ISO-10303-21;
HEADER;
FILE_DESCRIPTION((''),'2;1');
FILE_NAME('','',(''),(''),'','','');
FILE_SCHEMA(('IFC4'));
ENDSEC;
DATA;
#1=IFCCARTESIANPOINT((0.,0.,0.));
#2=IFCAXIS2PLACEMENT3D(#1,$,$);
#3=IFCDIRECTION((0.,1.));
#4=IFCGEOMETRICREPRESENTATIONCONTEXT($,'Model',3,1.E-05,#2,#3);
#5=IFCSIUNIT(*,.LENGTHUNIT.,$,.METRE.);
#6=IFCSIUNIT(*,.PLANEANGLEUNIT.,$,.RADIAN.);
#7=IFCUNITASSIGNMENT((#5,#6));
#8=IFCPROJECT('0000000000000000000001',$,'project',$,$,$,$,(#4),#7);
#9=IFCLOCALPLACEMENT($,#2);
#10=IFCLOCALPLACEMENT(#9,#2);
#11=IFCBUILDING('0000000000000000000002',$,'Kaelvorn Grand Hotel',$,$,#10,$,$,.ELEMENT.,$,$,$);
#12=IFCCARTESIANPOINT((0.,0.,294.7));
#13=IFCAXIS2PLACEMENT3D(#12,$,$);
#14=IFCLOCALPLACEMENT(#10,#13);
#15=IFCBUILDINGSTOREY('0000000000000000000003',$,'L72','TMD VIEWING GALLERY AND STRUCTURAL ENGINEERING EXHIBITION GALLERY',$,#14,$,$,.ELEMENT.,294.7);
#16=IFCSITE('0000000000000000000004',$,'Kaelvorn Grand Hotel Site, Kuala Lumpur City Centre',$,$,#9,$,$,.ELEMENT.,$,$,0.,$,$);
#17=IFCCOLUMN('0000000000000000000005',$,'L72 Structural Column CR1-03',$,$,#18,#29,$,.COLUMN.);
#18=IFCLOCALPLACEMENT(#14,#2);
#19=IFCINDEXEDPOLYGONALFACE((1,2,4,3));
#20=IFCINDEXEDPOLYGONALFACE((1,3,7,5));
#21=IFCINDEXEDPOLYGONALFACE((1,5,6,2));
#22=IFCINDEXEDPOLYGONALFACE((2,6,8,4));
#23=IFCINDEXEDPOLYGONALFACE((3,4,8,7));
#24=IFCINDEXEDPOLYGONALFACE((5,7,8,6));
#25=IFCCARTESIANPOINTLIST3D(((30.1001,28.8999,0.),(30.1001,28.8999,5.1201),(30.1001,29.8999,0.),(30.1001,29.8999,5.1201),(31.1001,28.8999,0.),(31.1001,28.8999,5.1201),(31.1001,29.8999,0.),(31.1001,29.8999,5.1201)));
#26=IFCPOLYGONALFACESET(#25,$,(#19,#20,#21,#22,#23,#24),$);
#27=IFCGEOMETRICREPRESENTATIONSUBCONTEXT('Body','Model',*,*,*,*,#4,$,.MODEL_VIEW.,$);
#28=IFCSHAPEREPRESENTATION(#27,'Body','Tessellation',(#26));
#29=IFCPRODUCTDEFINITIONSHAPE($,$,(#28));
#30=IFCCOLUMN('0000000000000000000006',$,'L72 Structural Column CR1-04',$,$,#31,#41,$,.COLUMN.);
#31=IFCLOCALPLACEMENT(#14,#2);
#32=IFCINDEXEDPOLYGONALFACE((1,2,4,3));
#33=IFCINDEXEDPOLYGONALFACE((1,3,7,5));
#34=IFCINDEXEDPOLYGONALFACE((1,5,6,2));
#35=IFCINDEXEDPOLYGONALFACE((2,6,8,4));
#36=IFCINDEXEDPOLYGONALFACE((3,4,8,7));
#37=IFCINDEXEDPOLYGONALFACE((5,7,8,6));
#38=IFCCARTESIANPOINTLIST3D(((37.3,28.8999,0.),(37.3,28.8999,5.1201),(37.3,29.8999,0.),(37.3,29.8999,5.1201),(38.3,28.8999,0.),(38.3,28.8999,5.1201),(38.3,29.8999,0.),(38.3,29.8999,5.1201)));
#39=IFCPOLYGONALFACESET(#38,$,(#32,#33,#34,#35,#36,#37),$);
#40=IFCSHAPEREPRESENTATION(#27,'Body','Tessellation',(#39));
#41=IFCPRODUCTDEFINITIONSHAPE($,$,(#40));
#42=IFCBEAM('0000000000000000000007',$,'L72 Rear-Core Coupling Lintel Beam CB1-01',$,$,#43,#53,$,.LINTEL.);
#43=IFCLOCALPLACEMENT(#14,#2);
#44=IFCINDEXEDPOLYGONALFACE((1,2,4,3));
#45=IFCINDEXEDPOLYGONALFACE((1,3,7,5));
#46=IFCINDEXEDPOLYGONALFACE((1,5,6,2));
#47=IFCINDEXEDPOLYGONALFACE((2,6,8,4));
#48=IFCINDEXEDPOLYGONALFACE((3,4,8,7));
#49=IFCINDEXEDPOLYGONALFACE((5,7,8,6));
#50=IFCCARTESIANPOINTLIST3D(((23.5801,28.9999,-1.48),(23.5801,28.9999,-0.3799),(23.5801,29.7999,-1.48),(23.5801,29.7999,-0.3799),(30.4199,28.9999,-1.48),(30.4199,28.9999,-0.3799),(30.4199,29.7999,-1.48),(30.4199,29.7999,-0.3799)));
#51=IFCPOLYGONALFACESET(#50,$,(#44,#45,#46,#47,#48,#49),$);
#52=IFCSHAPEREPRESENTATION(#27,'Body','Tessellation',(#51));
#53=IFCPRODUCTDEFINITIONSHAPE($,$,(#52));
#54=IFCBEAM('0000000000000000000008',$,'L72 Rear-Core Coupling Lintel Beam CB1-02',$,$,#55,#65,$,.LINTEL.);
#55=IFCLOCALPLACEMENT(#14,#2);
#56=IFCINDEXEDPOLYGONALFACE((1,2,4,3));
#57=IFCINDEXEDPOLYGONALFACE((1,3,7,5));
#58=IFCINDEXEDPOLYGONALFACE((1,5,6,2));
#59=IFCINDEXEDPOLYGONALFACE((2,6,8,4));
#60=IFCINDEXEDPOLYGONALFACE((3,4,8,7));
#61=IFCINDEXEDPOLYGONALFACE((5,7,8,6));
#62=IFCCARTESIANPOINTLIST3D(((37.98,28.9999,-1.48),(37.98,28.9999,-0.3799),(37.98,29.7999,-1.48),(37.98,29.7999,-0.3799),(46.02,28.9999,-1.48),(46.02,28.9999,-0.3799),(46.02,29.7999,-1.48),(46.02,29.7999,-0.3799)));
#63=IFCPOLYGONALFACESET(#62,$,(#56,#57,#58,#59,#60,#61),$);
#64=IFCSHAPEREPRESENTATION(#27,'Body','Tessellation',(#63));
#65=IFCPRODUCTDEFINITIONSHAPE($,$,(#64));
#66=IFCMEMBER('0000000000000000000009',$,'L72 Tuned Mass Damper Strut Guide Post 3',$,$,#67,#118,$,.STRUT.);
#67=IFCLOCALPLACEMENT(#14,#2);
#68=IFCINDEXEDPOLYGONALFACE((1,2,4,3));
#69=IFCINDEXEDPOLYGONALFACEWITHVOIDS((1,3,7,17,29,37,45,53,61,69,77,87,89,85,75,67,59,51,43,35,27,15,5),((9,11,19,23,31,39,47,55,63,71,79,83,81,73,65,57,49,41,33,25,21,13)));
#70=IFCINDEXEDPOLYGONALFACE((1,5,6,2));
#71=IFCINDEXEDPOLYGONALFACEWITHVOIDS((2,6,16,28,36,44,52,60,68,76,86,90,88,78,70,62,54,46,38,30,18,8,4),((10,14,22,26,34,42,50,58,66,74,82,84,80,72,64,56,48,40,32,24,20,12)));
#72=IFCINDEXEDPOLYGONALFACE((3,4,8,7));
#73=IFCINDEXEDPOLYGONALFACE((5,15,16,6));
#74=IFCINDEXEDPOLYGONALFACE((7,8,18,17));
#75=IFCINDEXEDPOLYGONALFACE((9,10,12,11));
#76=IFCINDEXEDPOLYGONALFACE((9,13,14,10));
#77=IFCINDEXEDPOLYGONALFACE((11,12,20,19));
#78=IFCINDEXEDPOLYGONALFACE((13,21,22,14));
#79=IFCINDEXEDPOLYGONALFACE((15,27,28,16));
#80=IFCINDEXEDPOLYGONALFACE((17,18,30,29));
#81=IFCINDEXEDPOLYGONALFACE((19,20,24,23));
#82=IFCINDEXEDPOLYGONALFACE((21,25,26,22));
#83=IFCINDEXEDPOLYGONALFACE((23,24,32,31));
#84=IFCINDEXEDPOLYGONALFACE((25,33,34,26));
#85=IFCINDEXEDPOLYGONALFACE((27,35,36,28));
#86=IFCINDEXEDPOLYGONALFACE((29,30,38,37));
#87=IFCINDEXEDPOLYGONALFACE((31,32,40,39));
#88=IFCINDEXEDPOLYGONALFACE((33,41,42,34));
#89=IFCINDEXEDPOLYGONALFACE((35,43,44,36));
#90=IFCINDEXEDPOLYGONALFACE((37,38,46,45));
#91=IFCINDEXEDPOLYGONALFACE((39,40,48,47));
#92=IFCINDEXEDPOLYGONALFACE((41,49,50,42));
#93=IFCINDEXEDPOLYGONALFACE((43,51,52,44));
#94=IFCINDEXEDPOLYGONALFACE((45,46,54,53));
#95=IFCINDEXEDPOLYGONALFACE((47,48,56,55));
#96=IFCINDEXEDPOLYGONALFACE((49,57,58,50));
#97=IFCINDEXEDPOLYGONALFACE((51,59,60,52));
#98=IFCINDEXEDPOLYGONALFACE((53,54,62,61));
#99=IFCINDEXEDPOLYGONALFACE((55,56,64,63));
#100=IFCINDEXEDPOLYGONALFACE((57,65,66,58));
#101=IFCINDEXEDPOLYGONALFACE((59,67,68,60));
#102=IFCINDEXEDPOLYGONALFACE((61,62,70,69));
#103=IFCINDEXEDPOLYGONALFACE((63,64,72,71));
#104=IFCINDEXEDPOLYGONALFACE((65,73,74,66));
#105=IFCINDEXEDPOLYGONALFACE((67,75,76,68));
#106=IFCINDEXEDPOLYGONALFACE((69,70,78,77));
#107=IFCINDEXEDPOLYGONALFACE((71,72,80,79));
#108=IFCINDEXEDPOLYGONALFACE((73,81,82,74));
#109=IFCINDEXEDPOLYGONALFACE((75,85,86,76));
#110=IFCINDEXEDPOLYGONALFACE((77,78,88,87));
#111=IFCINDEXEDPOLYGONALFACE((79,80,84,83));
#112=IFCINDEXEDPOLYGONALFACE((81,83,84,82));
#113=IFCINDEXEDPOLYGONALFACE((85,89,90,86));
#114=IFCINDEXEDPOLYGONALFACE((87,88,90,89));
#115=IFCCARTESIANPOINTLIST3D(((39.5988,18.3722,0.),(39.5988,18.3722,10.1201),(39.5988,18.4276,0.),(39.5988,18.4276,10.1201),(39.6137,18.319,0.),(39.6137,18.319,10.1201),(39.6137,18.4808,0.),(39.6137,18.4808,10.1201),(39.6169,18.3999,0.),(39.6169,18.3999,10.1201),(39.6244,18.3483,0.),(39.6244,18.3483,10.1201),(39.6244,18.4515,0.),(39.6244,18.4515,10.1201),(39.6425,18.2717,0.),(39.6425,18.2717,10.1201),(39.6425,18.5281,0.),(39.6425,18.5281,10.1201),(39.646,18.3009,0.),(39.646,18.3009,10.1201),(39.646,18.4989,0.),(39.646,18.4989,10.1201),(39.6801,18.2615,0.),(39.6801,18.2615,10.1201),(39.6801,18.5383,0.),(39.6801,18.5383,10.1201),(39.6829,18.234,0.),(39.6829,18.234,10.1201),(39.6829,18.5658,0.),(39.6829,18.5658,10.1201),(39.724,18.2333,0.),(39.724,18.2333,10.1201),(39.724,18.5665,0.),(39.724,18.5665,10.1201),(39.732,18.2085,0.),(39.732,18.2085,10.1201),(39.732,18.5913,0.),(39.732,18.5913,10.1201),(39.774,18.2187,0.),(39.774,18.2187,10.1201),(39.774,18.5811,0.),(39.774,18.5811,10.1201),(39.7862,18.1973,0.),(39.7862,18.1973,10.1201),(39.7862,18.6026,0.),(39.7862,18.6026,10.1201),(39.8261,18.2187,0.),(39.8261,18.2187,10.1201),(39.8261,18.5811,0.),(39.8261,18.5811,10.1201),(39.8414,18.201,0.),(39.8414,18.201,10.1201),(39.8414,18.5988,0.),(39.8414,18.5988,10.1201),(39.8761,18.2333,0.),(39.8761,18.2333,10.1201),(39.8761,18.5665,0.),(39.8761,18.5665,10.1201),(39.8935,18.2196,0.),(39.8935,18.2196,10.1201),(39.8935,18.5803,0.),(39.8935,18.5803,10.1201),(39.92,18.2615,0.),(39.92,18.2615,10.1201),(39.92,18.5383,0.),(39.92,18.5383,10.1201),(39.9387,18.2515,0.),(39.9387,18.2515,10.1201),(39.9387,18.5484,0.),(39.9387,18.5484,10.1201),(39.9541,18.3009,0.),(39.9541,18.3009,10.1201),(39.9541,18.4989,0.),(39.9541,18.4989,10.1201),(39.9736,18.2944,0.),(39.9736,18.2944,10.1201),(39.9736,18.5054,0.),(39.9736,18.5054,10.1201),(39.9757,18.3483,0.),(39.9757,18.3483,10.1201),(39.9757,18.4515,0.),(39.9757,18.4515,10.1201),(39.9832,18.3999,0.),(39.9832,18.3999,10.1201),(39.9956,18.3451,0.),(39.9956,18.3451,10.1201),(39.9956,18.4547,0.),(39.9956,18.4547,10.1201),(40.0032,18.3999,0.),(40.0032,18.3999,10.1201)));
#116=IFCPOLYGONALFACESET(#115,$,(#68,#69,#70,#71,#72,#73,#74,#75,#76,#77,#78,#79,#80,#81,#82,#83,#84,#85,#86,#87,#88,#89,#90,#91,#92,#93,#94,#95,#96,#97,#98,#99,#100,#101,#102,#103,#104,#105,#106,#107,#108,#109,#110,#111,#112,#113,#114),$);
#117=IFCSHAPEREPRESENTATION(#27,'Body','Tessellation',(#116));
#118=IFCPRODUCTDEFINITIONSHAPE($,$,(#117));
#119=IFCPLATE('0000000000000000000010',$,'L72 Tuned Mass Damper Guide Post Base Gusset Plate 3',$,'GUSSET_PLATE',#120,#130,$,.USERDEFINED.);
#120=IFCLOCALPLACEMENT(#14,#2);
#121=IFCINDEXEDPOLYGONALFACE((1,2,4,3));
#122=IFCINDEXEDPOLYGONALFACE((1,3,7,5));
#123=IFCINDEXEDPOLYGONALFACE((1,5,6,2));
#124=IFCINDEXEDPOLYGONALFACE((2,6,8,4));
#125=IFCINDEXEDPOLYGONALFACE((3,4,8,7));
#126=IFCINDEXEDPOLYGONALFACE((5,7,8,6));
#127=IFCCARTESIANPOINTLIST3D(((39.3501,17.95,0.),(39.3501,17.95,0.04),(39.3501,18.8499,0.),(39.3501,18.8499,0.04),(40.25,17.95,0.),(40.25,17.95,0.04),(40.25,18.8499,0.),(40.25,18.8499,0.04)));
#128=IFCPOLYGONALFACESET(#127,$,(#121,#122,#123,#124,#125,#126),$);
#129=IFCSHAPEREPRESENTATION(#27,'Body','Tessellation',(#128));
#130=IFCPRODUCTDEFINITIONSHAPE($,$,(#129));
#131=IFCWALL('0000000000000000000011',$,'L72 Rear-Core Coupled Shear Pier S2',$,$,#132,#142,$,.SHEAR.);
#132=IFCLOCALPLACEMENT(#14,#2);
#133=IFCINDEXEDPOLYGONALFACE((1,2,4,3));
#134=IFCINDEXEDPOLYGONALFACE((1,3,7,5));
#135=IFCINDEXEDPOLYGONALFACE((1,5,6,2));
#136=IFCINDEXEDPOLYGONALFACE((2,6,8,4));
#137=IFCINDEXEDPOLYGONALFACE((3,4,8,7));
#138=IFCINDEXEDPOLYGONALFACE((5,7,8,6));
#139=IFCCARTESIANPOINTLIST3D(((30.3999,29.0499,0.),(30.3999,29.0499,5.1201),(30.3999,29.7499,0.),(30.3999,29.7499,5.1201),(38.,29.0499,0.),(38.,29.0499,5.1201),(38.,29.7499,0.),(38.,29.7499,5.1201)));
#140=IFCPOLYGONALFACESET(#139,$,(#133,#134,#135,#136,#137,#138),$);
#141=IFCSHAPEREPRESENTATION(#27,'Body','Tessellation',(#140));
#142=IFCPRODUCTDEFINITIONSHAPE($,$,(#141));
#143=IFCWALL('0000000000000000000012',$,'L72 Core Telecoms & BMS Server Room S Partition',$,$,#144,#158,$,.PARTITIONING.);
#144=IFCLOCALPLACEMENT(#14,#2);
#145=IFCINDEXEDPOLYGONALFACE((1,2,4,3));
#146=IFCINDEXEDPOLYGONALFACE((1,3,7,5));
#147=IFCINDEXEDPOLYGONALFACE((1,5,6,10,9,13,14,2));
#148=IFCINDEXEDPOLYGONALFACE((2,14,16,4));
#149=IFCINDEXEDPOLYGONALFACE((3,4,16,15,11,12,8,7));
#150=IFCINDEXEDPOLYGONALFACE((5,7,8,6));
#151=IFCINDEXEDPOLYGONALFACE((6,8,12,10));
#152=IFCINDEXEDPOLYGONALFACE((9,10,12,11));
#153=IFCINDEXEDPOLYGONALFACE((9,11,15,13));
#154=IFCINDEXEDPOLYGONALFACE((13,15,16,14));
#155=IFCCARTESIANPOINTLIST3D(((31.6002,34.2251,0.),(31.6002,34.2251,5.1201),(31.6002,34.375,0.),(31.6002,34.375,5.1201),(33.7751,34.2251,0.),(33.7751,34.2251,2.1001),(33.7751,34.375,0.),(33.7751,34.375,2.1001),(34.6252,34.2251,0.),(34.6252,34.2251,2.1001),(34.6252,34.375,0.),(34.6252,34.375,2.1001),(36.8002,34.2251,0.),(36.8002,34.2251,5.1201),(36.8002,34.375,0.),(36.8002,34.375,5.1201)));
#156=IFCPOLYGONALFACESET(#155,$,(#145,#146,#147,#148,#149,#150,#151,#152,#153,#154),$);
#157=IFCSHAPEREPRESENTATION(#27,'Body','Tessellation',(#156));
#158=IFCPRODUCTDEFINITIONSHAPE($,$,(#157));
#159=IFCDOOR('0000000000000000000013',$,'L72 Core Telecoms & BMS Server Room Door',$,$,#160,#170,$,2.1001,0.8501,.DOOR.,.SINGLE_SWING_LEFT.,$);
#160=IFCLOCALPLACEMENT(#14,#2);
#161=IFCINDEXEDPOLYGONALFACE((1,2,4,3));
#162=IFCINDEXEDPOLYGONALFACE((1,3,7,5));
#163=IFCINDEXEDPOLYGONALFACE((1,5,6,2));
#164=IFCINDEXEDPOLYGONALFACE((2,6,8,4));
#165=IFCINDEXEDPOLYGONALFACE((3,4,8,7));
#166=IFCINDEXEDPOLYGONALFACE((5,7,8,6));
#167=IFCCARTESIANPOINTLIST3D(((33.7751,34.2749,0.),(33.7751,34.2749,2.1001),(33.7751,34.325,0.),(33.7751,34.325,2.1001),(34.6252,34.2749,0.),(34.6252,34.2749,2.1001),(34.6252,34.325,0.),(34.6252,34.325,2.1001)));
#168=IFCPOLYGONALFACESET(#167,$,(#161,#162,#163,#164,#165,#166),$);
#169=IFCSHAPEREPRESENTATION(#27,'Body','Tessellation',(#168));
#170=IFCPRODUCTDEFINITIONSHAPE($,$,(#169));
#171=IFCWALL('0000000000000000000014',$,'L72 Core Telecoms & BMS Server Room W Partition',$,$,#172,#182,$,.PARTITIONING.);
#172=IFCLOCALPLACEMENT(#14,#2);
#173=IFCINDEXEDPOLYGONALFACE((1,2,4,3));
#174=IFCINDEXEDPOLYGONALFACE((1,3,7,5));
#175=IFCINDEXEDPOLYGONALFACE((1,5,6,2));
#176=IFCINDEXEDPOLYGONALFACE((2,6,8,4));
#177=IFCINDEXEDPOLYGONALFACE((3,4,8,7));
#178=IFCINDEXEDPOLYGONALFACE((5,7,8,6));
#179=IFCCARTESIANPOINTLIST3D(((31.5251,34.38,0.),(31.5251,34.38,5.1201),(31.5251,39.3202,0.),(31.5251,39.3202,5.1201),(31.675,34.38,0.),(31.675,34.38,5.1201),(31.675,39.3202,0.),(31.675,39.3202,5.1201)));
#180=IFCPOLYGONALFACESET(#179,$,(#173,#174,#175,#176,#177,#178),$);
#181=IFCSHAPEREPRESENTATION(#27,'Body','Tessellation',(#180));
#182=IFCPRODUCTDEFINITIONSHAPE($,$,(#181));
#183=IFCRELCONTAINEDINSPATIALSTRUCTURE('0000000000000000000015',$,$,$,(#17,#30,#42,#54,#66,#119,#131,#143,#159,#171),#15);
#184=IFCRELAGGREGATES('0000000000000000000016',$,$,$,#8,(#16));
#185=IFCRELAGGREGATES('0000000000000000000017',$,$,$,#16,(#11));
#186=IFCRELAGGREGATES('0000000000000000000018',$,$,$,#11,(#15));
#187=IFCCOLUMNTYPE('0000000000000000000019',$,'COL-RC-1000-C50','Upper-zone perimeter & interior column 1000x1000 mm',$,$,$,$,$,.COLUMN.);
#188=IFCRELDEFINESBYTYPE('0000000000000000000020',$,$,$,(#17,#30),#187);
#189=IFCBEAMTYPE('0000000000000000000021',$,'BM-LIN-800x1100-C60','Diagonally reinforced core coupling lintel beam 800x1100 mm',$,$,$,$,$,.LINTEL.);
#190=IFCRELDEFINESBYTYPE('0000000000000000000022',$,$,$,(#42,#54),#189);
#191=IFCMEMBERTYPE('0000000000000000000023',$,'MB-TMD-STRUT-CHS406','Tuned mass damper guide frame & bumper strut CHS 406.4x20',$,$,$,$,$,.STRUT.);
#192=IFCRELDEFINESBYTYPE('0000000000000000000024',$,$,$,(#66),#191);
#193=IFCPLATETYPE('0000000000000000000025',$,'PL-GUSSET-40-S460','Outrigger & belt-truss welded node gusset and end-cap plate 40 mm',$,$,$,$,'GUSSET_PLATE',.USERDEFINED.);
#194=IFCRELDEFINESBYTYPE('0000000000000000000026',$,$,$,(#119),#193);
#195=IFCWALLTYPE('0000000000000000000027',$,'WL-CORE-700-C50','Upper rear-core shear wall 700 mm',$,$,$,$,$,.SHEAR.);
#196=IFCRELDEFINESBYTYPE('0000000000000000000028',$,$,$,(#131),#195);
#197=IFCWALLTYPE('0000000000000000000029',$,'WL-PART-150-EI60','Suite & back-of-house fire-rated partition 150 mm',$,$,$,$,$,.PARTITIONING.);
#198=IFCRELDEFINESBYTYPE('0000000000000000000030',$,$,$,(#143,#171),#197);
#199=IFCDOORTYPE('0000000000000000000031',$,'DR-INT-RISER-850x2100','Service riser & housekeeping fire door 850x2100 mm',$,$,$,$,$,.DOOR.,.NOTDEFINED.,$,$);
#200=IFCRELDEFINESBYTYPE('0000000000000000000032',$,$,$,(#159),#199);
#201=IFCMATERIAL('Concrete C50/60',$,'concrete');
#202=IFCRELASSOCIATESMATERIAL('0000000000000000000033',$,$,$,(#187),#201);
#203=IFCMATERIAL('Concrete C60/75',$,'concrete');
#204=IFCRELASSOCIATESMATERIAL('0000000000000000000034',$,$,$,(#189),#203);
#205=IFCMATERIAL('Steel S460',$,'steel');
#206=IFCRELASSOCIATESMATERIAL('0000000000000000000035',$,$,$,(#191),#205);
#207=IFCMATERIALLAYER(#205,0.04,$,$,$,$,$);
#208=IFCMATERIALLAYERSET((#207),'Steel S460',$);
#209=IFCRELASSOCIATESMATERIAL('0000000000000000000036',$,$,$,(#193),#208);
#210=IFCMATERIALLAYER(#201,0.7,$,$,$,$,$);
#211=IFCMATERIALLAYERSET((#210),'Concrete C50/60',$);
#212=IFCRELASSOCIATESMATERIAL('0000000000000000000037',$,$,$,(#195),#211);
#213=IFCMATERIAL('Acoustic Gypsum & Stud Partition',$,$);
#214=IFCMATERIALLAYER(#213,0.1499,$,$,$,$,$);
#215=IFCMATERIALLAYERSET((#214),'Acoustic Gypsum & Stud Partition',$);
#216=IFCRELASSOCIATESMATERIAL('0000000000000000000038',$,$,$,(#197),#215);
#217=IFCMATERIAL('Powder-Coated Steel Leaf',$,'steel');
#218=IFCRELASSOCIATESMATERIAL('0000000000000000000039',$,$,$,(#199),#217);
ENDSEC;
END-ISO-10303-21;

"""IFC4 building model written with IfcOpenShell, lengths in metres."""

from ifc_helpers import new_model, si_unit, direction, frame, frame_2d, origin, origin_2d, place, context, subcontext, project, spatial, rectangle, hollow_circle, extrude, material, layer, layer_set, material_profile, profile_set, type_object, element, fill, save


model = new_model("IFC4")

# Units and contexts
model_context = context("Model", 3, precision=1e-05, world=origin(), true_north=direction((0.0, 1.0)))
body_context = subcontext(model_context, "Body", "Model", "MODEL_VIEW")
ifc_project = project(units=[si_unit("LENGTHUNIT", "METRE"), si_unit("PLANEANGLEUNIT", "RADIAN")], contexts=[model_context])

# Site, building, storey
site_placement = place(None, origin())
site = spatial("IfcSite", under=ifc_project, at=site_placement, Name="Kaelvorn Grand Hotel Site, Kuala Lumpur City Centre", CompositionType="ELEMENT", RefElevation=0.0)
building_placement = place(site_placement, origin())
building = spatial("IfcBuilding", under=site, at=building_placement, Name="Kaelvorn Grand Hotel", CompositionType="ELEMENT")
storey_placement = place(building_placement, frame((0.0, 0.0, 294.7)))
storey = spatial("IfcBuildingStorey", under=building, at=storey_placement, Name="L72", Description="TMD VIEWING GALLERY AND STRUCTURAL ENGINEERING EXHIBITION GALLERY", CompositionType="ELEMENT", Elevation=294.7)

# Columns
ifc_material_1 = material(Name="Concrete C50/60", Category="concrete")
ifc_material_profile_1 = material_profile(ifc_material_1, rectangle(XDim=1.0, YDim=1.0, at=origin_2d()), Name="RC COL 1000x1000")
ifc_profile_set_1 = profile_set([ifc_material_profile_1], Name="Concrete C50/60")
column_type = type_object("IfcColumnType", Name="COL-RC-1000-C50", Description="Upper-zone perimeter & interior column 1000x1000 mm", PredefinedType="COLUMN", material=ifc_profile_set_1)
for number, where, z_axis, x_axis, name in (
    (1, (30.6001, 29.3999, 0.0), (0.0, 0.0, 1.0), (1.0, 0.0, 0.0), "L72 Structural Column CR1-03"),
    (2, (37.8, 29.3999, 0.0), (0.0, 0.0, 1.0), (1.0, 0.0, 0.0), "L72 Structural Column CR1-04"),
):
    element("IfcColumn", number, at=place(storey_placement, frame(where, z_axis=z_axis, x_axis=x_axis)), inside=storey, type_object=column_type, Name=name, PredefinedType="COLUMN", context=body_context, shape_type="SweptSolid", body=[
        extrude(rectangle(XDim=1.0, YDim=1.0, at=origin_2d()), origin(), (0.0, 0.0, 1.0), 5.1201),
    ])

# Beams
ifc_material_2 = material(Name="Concrete C60/75", Category="concrete")
ifc_material_profile_2 = material_profile(ifc_material_2, rectangle(XDim=0.8, YDim=1.1001, at=origin_2d()), Name="RC LINTEL 800x1100")
ifc_profile_set_2 = profile_set([ifc_material_profile_2], Name="Concrete C60/75")
beam_type = type_object("IfcBeamType", Name="BM-LIN-800x1100-C60", Description="Diagonally reinforced core coupling lintel beam 800x1100 mm", PredefinedType="LINTEL", material=ifc_profile_set_2)
beam_1_placement = place(storey_placement, frame((23.5801, 29.3999, -0.9299), z_axis=(1.0, 0.0, 0.0), x_axis=(0.0, 1.0, 0.0)))
element("IfcBeam", 3, at=beam_1_placement, inside=storey, type_object=beam_type, Name="L72 Rear-Core Coupling Lintel Beam CB1-01", PredefinedType="LINTEL", context=body_context, shape_type="SweptSolid", body=[
    extrude(rectangle(XDim=0.8, YDim=1.1001, at=origin_2d()), origin(), (0.0, 0.0, 1.0), 6.8398),
])
beam_2_placement = place(storey_placement, frame((37.98, 29.3999, -0.9299), z_axis=(1.0, 0.0, 0.0), x_axis=(0.0, 1.0, 0.0)))
element("IfcBeam", 4, at=beam_2_placement, inside=storey, type_object=beam_type, Name="L72 Rear-Core Coupling Lintel Beam CB1-02", PredefinedType="LINTEL", context=body_context, shape_type="SweptSolid", body=[
    extrude(rectangle(XDim=0.8, YDim=1.1001, at=origin_2d()), origin(), (0.0, 0.0, 1.0), 8.04),
])

# Member
ifc_material_3 = material(Name="Steel S460", Category="steel")
ifc_material_profile_3 = material_profile(ifc_material_3, hollow_circle(Radius=0.2031, WallThickness=0.02, at=origin_2d()), Name="CHS 406.4x20.0")
ifc_profile_set_3 = profile_set([ifc_material_profile_3], Name="Steel S460")
member_type = type_object("IfcMemberType", Name="MB-TMD-STRUT-CHS406", Description="Tuned mass damper guide frame & bumper strut CHS 406.4x20", PredefinedType="STRUT", material=ifc_profile_set_3)
member_placement = place(storey_placement, frame((39.8, 18.3999, 0.0), z_axis=(0.0, 0.0, 1.0), x_axis=(1.0, 0.0, 0.0)))
element("IfcMember", 5, at=member_placement, inside=storey, type_object=member_type, Name="L72 Tuned Mass Damper Strut Guide Post 3", PredefinedType="STRUT", context=body_context, shape_type="SweptSolid", body=[
    extrude(hollow_circle(Radius=0.2031, WallThickness=0.02, at=origin_2d()), origin(), (0.0, 0.0, 1.0), 10.1201),
])

# Plate
ifc_layer_1 = layer(ifc_material_3, 0.04)
ifc_layer_set_1 = layer_set([ifc_layer_1], Name="Steel S460")
plate_type = type_object("IfcPlateType", Name="PL-GUSSET-40-S460", Description="Outrigger & belt-truss welded node gusset and end-cap plate 40 mm", ElementType="GUSSET_PLATE", PredefinedType="USERDEFINED", material=ifc_layer_set_1)
plate_placement = place(storey_placement, frame((39.8, 18.3999, 0.0), z_axis=(0.0, 0.0, 1.0), x_axis=(1.0, 0.0, 0.0)))
element("IfcPlate", 6, at=plate_placement, inside=storey, type_object=plate_type, Name="L72 Tuned Mass Damper Guide Post Base Gusset Plate 3", ObjectType="GUSSET_PLATE", PredefinedType="USERDEFINED", context=body_context, shape_type="SweptSolid", body=[
    extrude(rectangle(XDim=0.8999, YDim=0.8999, at=origin_2d()), origin(), (0.0, 0.0, 1.0), 0.04),
])

# Wall
ifc_layer_2 = layer(ifc_material_1, 0.7)
ifc_layer_set_2 = layer_set([ifc_layer_2], Name="Concrete C50/60")
wall_type_1 = type_object("IfcWallType", Name="WL-CORE-700-C50", Description="Upper rear-core shear wall 700 mm", PredefinedType="SHEAR", material=ifc_layer_set_2)
wall_1_placement = place(storey_placement, frame((30.3999, 29.3999, 0.0), z_axis=(0.0, 0.0, 1.0), x_axis=(1.0, 0.0, 0.0)))
element("IfcWall", 7, at=wall_1_placement, inside=storey, type_object=wall_type_1, Name="L72 Rear-Core Coupled Shear Pier S2", PredefinedType="SHEAR", context=body_context, shape_type="SweptSolid", body=[
    extrude(rectangle(XDim=7.6001, YDim=0.7, at=frame_2d((3.8, 0.0))), origin(), (0.0, 0.0, 1.0), 5.1201),
])

# Wall, opening, door
ifc_material_4 = material(Name="Acoustic Gypsum & Stud Partition")
ifc_layer_3 = layer(ifc_material_4, 0.1499)
ifc_layer_set_3 = layer_set([ifc_layer_3], Name="Acoustic Gypsum & Stud Partition")
wall_type_2 = type_object("IfcWallType", Name="WL-PART-150-EI60", Description="Suite & back-of-house fire-rated partition 150 mm", PredefinedType="PARTITIONING", material=ifc_layer_set_3)
wall_2_placement = place(storey_placement, frame((31.6001, 34.3, 0.0), z_axis=(0.0, 0.0, 1.0), x_axis=(1.0, 0.0, 0.0)))
wall_2 = element("IfcWall", 8, at=wall_2_placement, inside=storey, type_object=wall_type_2, Name="L72 Core Telecoms & BMS Server Room S Partition", PredefinedType="PARTITIONING", context=body_context, shape_type="SweptSolid", body=[
    extrude(rectangle(XDim=5.2, YDim=0.1499, at=frame_2d((2.6001, 0.0))), origin(), (0.0, 0.0, 1.0), 5.1201),
])
opening_1_placement = place(wall_2_placement, frame((2.175, 0.0, 0.0)))
opening_1 = element("IfcOpeningElement", 9, at=opening_1_placement, cuts=wall_2, PredefinedType="OPENING", context=body_context, shape_type="SweptSolid", body=[
    extrude(rectangle(XDim=0.8501, YDim=2.1001, at=frame_2d((0.425, 1.05))), frame((0.0, 0.085, 0.0), z_axis=(0.0, -1.0, 0.0), x_axis=(1.0, 0.0, 0.0)), (0.0, 0.0, 1.0), 0.1699),
])
ifc_material_5 = material(Name="Powder-Coated Steel Leaf", Category="steel")
door_type_1 = type_object("IfcDoorType", Name="DR-INT-RISER-850x2100", Description="Service riser & housekeeping fire door 850x2100 mm", OperationType="NOTDEFINED", PredefinedType="DOOR", material=ifc_material_5)
door_1_placement = place(opening_1_placement, origin())
door_1 = element("IfcDoor", 10, at=door_1_placement, inside=storey, type_object=door_type_1, Name="L72 Core Telecoms & BMS Server Room Door", OperationType="SINGLE_SWING_LEFT", OverallHeight=2.1001, OverallWidth=0.8501, PredefinedType="DOOR", context=body_context, shape_type="SweptSolid", body=[
    extrude(rectangle(XDim=0.8501, YDim=2.1001, at=frame_2d((0.425, 1.05))), frame((0.0, 0.0249, 0.0), z_axis=(0.0, -1.0, 0.0), x_axis=(1.0, 0.0, 0.0)), (0.0, 0.0, 1.0), 0.05),
])
fill(opening_1, door_1)

# Wall
for number, where, z_axis, x_axis, name in (
    (11, (31.6001, 34.3799, 0.0), (0.0, 0.0, 1.0), (0.0, 1.0, 0.0), "L72 Core Telecoms & BMS Server Room W Partition"),
):
    element("IfcWall", number, at=place(storey_placement, frame(where, z_axis=z_axis, x_axis=x_axis)), inside=storey, type_object=wall_type_2, Name=name, PredefinedType="PARTITIONING", context=body_context, shape_type="SweptSolid", body=[
        extrude(rectangle(XDim=4.9402, YDim=0.1499, at=frame_2d((2.4702, 0.0))), origin(), (0.0, 0.0, 1.0), 5.1201),
    ])

save(model, "model.ifc")
